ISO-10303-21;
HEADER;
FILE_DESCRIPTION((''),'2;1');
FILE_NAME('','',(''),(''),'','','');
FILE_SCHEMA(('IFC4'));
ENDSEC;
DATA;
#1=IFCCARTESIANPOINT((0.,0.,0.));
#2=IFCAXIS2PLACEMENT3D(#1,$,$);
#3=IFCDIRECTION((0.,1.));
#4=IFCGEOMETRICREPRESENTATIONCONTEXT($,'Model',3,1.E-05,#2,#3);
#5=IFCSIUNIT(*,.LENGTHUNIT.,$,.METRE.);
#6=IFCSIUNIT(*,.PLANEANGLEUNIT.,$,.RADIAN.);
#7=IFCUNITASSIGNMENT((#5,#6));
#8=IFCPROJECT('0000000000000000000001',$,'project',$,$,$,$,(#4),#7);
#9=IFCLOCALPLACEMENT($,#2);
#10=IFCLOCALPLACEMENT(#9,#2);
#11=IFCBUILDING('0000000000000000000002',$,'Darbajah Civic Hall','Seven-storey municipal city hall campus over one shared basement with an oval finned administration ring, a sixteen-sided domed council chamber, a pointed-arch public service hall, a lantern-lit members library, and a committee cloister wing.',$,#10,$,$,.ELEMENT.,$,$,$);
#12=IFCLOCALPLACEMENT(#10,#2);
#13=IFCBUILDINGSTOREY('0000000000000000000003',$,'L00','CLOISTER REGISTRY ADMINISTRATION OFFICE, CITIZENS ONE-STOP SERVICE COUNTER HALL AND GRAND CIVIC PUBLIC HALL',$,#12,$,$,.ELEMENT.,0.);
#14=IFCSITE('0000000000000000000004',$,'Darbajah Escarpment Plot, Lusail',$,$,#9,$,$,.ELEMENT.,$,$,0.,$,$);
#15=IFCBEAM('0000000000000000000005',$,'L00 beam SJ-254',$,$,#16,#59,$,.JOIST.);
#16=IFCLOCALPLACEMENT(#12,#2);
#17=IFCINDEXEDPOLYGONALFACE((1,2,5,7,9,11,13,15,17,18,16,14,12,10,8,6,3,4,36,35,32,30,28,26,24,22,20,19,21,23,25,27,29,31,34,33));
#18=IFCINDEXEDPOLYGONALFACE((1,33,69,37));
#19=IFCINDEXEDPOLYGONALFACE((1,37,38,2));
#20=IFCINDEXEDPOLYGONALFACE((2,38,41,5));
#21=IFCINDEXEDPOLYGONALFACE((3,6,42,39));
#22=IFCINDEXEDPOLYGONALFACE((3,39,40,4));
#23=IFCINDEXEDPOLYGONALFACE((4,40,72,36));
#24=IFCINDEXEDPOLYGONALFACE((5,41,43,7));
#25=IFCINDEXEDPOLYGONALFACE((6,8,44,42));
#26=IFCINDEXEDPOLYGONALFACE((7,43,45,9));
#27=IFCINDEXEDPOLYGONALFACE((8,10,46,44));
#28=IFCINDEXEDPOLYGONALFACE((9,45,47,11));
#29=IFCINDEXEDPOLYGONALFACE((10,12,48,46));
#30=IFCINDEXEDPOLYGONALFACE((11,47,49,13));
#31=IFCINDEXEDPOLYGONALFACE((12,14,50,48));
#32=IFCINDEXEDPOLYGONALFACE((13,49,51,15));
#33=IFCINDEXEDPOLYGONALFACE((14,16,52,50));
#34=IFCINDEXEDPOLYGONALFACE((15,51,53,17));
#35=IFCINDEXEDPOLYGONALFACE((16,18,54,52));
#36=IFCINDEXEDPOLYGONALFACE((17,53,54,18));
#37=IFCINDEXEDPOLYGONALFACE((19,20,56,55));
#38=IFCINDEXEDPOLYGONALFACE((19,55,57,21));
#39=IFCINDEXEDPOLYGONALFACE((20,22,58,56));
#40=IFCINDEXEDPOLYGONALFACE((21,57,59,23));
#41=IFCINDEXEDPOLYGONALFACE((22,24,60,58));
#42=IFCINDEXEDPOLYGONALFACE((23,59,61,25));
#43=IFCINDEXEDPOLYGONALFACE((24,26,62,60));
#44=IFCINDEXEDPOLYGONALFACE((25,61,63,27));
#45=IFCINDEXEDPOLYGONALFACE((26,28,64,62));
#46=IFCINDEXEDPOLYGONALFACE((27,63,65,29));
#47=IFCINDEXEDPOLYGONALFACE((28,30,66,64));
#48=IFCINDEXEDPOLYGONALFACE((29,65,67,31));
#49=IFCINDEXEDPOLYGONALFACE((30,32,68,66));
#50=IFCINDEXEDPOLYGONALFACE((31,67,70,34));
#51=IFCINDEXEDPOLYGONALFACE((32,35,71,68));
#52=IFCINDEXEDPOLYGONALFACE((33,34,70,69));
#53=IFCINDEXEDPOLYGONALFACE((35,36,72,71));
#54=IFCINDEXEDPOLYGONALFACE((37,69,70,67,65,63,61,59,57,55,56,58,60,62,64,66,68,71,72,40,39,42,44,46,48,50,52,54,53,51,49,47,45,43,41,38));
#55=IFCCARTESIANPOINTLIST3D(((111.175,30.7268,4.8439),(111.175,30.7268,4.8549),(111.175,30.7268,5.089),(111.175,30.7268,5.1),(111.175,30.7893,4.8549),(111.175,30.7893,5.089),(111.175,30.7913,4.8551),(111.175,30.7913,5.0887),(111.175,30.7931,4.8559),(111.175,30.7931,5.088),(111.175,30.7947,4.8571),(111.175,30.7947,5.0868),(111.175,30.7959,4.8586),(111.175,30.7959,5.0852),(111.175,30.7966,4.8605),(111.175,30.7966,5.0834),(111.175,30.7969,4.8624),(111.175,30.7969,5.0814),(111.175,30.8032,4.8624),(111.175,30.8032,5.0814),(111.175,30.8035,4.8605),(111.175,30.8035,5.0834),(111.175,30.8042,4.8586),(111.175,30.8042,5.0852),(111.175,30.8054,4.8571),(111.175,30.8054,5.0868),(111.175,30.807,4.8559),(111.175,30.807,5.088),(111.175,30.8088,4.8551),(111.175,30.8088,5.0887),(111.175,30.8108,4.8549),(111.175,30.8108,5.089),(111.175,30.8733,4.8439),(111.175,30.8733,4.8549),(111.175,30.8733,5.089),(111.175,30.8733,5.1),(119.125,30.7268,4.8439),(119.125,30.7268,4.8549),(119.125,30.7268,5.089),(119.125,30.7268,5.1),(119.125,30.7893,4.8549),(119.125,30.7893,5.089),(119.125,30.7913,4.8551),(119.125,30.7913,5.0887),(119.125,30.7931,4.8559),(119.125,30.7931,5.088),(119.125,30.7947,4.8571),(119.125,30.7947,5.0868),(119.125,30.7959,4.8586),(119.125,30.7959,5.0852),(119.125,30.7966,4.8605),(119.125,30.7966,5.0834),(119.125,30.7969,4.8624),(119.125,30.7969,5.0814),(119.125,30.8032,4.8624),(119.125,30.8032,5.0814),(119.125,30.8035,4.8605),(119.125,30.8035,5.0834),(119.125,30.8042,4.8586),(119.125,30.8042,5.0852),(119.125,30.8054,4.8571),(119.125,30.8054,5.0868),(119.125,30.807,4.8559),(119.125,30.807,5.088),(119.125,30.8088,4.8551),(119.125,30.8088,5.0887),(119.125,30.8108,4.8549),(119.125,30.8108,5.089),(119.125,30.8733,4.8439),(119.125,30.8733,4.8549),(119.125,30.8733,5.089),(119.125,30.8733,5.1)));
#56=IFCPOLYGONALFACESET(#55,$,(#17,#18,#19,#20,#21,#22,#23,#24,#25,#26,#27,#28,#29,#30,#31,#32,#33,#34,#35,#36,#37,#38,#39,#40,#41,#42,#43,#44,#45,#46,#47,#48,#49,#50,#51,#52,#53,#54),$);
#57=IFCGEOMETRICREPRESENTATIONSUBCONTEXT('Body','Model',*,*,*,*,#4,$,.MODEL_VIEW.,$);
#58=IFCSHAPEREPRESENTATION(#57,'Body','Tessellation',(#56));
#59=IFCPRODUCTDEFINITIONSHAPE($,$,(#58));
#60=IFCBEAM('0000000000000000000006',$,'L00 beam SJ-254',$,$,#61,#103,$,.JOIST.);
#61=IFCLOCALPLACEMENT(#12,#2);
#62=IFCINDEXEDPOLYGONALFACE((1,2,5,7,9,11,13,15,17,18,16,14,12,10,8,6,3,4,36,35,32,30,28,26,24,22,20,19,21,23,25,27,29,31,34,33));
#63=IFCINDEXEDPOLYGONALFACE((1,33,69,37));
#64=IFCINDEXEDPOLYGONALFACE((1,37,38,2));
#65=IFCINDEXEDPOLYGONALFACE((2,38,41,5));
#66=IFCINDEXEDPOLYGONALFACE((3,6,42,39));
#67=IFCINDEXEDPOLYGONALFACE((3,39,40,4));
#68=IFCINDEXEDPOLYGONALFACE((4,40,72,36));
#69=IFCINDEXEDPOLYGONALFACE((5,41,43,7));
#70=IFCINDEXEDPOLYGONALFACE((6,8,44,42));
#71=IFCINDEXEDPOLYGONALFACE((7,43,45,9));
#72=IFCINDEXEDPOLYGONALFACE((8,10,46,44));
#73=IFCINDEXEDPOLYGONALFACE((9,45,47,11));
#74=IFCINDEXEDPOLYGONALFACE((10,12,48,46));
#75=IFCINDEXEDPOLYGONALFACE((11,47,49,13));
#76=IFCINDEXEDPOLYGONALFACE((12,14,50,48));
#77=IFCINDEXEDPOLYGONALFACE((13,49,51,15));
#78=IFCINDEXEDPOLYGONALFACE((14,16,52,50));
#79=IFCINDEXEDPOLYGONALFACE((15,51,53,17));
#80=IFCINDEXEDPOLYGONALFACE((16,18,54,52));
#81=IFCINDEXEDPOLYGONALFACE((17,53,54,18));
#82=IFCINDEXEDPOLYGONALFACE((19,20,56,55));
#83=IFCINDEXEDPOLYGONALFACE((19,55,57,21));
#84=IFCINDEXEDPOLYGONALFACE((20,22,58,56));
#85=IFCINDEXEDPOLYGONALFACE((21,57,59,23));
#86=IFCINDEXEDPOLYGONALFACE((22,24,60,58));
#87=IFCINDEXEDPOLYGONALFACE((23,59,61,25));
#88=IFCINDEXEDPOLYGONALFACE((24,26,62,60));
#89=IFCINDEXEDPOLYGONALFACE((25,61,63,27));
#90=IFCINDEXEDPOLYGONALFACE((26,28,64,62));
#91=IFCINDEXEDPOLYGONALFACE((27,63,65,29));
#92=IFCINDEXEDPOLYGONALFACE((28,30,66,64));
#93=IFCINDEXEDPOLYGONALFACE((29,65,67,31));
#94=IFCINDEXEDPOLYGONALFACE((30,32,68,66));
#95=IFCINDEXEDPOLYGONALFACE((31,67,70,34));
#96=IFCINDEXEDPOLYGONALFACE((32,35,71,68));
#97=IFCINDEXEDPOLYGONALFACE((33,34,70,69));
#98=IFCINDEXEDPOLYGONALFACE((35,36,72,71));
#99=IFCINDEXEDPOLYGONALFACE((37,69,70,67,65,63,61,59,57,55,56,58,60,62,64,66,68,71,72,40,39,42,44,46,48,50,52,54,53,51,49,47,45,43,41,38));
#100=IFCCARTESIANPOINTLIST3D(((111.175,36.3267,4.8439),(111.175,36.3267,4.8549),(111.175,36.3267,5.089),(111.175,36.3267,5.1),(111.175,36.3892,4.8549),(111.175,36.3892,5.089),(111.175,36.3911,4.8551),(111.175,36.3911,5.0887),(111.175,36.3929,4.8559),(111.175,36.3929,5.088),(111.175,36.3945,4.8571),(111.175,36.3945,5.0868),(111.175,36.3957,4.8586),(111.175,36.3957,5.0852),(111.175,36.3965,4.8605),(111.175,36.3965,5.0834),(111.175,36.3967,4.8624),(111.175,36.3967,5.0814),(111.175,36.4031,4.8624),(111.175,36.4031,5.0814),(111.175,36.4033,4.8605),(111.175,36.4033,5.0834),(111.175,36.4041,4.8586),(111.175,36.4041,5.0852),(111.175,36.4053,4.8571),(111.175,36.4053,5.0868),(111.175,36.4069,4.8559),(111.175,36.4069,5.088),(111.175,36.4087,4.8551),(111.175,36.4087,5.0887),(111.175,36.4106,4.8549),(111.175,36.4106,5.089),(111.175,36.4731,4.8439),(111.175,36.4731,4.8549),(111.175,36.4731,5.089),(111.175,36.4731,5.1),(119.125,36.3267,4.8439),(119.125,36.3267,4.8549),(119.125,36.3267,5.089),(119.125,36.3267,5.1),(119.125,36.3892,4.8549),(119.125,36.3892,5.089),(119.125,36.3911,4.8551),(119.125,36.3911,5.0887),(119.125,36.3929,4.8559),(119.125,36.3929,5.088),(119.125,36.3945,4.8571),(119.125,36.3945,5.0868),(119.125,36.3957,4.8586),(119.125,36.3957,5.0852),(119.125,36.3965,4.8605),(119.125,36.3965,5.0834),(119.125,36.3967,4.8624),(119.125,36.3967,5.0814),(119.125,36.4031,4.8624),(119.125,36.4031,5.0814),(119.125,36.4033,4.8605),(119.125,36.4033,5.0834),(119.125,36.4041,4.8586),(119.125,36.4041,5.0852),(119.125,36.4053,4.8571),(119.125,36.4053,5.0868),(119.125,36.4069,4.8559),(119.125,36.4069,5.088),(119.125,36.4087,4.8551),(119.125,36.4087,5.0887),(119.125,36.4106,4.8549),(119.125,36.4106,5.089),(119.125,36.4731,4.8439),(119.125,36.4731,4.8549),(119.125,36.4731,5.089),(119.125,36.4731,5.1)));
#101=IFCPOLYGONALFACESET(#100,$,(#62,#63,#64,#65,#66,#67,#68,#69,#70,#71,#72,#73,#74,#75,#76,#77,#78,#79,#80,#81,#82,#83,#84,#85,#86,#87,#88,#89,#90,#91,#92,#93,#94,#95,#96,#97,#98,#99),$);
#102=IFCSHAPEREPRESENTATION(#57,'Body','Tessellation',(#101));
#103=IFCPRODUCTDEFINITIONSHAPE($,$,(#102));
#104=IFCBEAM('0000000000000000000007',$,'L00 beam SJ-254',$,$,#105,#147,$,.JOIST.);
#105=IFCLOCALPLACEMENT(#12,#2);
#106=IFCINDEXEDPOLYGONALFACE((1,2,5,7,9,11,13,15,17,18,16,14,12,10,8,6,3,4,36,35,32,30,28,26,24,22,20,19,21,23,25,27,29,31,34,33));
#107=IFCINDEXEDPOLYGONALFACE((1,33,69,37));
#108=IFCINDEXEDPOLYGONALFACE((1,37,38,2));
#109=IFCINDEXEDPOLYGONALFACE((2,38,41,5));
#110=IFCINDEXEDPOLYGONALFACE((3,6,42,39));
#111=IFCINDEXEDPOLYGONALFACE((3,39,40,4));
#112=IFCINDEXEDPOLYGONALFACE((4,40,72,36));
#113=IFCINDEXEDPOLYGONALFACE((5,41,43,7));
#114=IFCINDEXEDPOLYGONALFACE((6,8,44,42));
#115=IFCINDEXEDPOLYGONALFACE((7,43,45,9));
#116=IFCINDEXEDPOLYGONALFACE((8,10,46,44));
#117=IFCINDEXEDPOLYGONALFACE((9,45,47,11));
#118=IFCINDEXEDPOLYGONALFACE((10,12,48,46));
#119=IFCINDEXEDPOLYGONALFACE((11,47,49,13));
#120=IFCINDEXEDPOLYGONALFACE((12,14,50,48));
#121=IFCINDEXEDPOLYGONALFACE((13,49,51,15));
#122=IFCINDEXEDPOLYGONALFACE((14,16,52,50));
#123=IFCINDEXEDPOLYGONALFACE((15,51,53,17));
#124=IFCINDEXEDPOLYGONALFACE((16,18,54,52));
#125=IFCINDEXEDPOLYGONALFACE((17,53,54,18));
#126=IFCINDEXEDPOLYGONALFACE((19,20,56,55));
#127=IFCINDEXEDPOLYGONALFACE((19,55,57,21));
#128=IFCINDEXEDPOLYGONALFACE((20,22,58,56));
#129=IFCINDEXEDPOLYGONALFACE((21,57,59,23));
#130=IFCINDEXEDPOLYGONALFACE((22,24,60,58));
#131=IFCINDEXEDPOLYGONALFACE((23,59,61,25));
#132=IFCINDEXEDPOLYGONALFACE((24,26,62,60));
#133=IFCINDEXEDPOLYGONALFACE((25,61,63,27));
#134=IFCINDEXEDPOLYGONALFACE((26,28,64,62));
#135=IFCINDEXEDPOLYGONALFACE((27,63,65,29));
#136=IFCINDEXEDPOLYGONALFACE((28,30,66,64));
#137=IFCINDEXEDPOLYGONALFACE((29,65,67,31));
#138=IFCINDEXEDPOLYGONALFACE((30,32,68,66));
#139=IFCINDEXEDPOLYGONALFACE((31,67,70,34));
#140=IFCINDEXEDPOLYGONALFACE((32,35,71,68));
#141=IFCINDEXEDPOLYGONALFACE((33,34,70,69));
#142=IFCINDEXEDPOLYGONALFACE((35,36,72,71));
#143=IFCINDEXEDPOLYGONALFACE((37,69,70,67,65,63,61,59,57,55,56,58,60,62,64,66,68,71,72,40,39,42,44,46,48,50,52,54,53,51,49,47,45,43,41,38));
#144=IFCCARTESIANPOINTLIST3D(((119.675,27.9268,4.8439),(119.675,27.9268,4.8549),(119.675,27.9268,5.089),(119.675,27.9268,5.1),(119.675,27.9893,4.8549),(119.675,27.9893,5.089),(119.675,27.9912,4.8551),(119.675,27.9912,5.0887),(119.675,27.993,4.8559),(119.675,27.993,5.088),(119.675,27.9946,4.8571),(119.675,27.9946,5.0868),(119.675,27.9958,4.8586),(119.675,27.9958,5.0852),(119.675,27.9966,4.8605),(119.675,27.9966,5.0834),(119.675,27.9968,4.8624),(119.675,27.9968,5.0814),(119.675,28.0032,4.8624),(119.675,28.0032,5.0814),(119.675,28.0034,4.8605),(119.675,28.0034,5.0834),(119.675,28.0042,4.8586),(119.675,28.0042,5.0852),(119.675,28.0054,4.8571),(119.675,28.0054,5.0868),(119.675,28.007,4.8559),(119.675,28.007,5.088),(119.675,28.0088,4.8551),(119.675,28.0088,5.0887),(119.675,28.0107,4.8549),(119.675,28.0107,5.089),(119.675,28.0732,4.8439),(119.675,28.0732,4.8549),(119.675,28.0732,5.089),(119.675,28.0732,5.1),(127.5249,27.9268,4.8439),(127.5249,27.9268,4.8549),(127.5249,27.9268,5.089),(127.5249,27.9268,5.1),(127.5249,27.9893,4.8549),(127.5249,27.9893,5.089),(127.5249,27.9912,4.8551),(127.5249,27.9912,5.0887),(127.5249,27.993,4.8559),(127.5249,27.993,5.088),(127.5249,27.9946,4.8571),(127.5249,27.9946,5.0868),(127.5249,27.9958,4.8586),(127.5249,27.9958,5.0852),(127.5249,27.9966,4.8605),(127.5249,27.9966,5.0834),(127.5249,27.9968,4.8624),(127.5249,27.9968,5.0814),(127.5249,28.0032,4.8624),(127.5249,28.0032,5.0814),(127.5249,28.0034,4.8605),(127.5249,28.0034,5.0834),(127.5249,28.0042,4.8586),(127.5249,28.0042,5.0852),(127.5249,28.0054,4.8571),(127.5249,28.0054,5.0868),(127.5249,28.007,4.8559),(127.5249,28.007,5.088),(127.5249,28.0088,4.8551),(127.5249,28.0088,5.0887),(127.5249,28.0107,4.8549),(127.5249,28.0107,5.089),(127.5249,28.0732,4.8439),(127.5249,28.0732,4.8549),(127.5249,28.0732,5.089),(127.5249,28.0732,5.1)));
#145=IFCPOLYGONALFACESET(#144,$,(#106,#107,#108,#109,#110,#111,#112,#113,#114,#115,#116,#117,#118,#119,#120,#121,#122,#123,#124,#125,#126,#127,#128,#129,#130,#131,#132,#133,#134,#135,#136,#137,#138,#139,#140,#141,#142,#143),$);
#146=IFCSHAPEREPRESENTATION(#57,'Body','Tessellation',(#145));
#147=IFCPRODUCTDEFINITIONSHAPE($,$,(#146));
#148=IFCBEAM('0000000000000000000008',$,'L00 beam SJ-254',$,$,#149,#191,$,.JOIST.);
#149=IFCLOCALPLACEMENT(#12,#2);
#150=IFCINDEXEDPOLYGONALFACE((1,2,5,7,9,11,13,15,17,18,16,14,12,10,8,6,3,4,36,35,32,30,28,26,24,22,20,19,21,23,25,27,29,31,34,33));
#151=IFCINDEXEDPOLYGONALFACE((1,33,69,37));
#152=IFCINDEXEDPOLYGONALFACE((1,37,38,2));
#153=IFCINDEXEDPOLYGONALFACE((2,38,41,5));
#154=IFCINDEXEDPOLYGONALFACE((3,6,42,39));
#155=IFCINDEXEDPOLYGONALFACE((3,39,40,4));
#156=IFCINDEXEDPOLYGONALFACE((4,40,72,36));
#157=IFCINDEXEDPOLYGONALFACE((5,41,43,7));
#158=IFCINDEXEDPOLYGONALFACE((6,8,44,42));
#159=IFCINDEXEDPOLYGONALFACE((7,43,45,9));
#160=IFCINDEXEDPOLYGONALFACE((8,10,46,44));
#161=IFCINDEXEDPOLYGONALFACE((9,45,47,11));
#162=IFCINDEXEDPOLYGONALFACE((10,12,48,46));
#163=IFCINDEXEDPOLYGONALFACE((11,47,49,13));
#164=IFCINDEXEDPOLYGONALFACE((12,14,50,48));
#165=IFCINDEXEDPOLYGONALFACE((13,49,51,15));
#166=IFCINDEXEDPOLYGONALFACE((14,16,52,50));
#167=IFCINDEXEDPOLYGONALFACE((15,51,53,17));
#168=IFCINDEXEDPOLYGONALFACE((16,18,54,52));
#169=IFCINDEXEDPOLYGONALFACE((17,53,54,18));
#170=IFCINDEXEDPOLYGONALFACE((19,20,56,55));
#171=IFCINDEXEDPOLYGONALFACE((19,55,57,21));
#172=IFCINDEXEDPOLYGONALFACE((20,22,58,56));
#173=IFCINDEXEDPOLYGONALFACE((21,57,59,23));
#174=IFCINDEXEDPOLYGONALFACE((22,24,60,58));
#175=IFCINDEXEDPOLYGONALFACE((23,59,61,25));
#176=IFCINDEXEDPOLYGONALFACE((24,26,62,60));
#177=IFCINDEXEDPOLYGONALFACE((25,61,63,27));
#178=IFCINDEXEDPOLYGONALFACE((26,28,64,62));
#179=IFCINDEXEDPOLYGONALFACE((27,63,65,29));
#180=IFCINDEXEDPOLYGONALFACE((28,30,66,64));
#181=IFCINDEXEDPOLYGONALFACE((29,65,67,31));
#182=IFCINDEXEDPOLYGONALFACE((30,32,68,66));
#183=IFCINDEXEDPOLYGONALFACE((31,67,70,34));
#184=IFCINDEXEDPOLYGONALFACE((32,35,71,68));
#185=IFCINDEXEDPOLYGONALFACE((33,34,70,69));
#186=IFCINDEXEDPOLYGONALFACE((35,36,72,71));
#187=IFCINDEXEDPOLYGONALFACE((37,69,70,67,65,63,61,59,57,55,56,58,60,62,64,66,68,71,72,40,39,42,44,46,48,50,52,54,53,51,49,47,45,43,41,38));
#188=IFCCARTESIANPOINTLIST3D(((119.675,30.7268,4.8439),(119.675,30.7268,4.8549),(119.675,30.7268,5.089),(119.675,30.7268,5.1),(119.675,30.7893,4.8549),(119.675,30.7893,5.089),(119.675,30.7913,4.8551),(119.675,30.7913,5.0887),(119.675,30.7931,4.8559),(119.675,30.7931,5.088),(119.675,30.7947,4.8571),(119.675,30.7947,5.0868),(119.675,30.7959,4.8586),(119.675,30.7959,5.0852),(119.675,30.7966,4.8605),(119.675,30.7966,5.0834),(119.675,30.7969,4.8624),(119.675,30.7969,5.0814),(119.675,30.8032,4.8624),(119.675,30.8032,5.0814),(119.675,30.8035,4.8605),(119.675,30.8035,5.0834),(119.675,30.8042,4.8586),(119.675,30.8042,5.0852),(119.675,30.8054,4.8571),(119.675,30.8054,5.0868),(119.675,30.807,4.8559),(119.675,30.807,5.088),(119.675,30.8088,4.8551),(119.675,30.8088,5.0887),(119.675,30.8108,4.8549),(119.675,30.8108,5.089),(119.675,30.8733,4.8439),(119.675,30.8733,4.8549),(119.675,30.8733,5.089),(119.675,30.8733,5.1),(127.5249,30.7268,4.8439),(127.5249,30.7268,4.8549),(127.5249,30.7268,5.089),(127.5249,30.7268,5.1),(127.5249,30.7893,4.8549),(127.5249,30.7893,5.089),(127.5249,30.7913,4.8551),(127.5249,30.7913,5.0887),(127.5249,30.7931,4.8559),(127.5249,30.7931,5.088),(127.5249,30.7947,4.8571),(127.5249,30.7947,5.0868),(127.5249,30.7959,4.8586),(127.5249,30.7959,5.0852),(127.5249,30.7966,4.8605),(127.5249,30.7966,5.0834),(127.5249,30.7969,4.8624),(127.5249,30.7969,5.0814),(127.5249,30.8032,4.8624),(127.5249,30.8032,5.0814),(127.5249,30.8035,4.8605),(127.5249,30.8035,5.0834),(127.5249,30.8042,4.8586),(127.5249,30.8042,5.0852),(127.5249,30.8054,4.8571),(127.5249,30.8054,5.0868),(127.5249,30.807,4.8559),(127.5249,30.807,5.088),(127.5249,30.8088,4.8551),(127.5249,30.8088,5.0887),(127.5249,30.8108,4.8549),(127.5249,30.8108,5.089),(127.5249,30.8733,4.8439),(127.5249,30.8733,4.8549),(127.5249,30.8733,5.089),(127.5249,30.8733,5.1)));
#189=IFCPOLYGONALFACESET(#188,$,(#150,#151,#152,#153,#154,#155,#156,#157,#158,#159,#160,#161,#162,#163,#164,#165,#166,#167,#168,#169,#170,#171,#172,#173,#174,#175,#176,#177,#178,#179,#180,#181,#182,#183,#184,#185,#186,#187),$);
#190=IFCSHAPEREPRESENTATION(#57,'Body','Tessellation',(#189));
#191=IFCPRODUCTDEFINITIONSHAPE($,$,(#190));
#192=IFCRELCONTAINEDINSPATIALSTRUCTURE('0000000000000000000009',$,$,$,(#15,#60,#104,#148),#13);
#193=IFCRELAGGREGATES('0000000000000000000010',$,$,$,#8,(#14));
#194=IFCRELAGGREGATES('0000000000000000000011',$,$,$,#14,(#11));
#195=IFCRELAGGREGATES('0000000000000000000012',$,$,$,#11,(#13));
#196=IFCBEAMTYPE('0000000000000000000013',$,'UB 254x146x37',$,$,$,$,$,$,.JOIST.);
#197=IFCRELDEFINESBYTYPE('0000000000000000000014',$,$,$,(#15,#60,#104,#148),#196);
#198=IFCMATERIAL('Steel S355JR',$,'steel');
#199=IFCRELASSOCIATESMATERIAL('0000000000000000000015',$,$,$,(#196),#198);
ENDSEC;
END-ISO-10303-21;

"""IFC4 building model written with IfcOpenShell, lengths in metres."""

from ifc_helpers import new_model, si_unit, direction, frame, origin, origin_2d, place, context, subcontext, project, spatial, i_section, extrude, material, material_profile, profile_set, type_object, element, save


model = new_model("IFC4")

# Units and contexts
model_context = context("Model", 3, precision=1e-05, world=origin(), true_north=direction((0.0, 1.0)))
body_context = subcontext(model_context, "Body", "Model", "MODEL_VIEW")
ifc_project = project(units=[si_unit("LENGTHUNIT", "METRE"), si_unit("PLANEANGLEUNIT", "RADIAN")], contexts=[model_context])

# Site, building, storey
site_placement = place(None, origin())
site = spatial("IfcSite", under=ifc_project, at=site_placement, Name="Darbajah Escarpment Plot, Lusail", CompositionType="ELEMENT", RefElevation=0.0)
building_placement = place(site_placement, origin())
building = spatial("IfcBuilding", under=site, at=building_placement, Name="Darbajah Civic Hall", Description="Seven-storey municipal city hall campus over one shared basement with an oval finned administration ring, a sixteen-sided domed council chamber, a pointed-arch public service hall, a lantern-lit members library, and a committee cloister wing.", CompositionType="ELEMENT")
storey_placement = place(building_placement, origin())
storey = spatial("IfcBuildingStorey", under=building, at=storey_placement, Name="L00", Description="CLOISTER REGISTRY ADMINISTRATION OFFICE, CITIZENS ONE-STOP SERVICE COUNTER HALL AND GRAND CIVIC PUBLIC HALL", CompositionType="ELEMENT", Elevation=0.0)

# Beams
ifc_material_1 = material(Name="Steel S355JR", Category="steel")
ifc_material_profile_1 = material_profile(ifc_material_1, i_section(OverallWidth=0.1465, OverallDepth=0.2561, WebThickness=0.0063, FlangeThickness=0.011, FilletRadius=0.0076, at=origin_2d()), Name="UB 254x146x37")
ifc_profile_set_1 = profile_set([ifc_material_profile_1], Name="Steel S355JR")
beam_type_1 = type_object("IfcBeamType", Name="UB 254x146x37", PredefinedType="JOIST", material=ifc_profile_set_1)
for number, where, z_axis, x_axis, name in (
    (1, (111.175, 30.8, 4.9719), (1.0, 0.0, 0.0), (0.0, 1.0, 0.0), "L00 beam SJ-254"),
    (2, (111.175, 36.3999, 4.9719), (1.0, 0.0, 0.0), (0.0, 1.0, 0.0), "L00 beam SJ-254"),
):
    element("IfcBeam", number, at=place(storey_placement, frame(where, z_axis=z_axis, x_axis=x_axis)), inside=storey, type_object=beam_type_1, Name=name, PredefinedType="JOIST", context=body_context, shape_type="SweptSolid", body=[
        extrude(i_section(OverallWidth=0.1465, OverallDepth=0.2561, WebThickness=0.0063, FlangeThickness=0.011, FilletRadius=0.0076, at=origin_2d()), origin(), (0.0, 0.0, 1.0), 7.95),
    ])
for number, where, z_axis, x_axis, name in (
    (3, (119.675, 28.0, 4.9719), (1.0, 0.0, 0.0), (0.0, 1.0, 0.0), "L00 beam SJ-254"),
    (4, (119.675, 30.8, 4.9719), (1.0, 0.0, 0.0), (0.0, 1.0, 0.0), "L00 beam SJ-254"),
):
    element("IfcBeam", number, at=place(storey_placement, frame(where, z_axis=z_axis, x_axis=x_axis)), inside=storey, type_object=beam_type_1, Name=name, PredefinedType="JOIST", context=body_context, shape_type="SweptSolid", body=[
        extrude(i_section(OverallWidth=0.1465, OverallDepth=0.2561, WebThickness=0.0063, FlangeThickness=0.011, FilletRadius=0.0076, at=origin_2d()), origin(), (0.0, 0.0, 1.0), 7.8499),
    ])

save(model, "model.ifc")
